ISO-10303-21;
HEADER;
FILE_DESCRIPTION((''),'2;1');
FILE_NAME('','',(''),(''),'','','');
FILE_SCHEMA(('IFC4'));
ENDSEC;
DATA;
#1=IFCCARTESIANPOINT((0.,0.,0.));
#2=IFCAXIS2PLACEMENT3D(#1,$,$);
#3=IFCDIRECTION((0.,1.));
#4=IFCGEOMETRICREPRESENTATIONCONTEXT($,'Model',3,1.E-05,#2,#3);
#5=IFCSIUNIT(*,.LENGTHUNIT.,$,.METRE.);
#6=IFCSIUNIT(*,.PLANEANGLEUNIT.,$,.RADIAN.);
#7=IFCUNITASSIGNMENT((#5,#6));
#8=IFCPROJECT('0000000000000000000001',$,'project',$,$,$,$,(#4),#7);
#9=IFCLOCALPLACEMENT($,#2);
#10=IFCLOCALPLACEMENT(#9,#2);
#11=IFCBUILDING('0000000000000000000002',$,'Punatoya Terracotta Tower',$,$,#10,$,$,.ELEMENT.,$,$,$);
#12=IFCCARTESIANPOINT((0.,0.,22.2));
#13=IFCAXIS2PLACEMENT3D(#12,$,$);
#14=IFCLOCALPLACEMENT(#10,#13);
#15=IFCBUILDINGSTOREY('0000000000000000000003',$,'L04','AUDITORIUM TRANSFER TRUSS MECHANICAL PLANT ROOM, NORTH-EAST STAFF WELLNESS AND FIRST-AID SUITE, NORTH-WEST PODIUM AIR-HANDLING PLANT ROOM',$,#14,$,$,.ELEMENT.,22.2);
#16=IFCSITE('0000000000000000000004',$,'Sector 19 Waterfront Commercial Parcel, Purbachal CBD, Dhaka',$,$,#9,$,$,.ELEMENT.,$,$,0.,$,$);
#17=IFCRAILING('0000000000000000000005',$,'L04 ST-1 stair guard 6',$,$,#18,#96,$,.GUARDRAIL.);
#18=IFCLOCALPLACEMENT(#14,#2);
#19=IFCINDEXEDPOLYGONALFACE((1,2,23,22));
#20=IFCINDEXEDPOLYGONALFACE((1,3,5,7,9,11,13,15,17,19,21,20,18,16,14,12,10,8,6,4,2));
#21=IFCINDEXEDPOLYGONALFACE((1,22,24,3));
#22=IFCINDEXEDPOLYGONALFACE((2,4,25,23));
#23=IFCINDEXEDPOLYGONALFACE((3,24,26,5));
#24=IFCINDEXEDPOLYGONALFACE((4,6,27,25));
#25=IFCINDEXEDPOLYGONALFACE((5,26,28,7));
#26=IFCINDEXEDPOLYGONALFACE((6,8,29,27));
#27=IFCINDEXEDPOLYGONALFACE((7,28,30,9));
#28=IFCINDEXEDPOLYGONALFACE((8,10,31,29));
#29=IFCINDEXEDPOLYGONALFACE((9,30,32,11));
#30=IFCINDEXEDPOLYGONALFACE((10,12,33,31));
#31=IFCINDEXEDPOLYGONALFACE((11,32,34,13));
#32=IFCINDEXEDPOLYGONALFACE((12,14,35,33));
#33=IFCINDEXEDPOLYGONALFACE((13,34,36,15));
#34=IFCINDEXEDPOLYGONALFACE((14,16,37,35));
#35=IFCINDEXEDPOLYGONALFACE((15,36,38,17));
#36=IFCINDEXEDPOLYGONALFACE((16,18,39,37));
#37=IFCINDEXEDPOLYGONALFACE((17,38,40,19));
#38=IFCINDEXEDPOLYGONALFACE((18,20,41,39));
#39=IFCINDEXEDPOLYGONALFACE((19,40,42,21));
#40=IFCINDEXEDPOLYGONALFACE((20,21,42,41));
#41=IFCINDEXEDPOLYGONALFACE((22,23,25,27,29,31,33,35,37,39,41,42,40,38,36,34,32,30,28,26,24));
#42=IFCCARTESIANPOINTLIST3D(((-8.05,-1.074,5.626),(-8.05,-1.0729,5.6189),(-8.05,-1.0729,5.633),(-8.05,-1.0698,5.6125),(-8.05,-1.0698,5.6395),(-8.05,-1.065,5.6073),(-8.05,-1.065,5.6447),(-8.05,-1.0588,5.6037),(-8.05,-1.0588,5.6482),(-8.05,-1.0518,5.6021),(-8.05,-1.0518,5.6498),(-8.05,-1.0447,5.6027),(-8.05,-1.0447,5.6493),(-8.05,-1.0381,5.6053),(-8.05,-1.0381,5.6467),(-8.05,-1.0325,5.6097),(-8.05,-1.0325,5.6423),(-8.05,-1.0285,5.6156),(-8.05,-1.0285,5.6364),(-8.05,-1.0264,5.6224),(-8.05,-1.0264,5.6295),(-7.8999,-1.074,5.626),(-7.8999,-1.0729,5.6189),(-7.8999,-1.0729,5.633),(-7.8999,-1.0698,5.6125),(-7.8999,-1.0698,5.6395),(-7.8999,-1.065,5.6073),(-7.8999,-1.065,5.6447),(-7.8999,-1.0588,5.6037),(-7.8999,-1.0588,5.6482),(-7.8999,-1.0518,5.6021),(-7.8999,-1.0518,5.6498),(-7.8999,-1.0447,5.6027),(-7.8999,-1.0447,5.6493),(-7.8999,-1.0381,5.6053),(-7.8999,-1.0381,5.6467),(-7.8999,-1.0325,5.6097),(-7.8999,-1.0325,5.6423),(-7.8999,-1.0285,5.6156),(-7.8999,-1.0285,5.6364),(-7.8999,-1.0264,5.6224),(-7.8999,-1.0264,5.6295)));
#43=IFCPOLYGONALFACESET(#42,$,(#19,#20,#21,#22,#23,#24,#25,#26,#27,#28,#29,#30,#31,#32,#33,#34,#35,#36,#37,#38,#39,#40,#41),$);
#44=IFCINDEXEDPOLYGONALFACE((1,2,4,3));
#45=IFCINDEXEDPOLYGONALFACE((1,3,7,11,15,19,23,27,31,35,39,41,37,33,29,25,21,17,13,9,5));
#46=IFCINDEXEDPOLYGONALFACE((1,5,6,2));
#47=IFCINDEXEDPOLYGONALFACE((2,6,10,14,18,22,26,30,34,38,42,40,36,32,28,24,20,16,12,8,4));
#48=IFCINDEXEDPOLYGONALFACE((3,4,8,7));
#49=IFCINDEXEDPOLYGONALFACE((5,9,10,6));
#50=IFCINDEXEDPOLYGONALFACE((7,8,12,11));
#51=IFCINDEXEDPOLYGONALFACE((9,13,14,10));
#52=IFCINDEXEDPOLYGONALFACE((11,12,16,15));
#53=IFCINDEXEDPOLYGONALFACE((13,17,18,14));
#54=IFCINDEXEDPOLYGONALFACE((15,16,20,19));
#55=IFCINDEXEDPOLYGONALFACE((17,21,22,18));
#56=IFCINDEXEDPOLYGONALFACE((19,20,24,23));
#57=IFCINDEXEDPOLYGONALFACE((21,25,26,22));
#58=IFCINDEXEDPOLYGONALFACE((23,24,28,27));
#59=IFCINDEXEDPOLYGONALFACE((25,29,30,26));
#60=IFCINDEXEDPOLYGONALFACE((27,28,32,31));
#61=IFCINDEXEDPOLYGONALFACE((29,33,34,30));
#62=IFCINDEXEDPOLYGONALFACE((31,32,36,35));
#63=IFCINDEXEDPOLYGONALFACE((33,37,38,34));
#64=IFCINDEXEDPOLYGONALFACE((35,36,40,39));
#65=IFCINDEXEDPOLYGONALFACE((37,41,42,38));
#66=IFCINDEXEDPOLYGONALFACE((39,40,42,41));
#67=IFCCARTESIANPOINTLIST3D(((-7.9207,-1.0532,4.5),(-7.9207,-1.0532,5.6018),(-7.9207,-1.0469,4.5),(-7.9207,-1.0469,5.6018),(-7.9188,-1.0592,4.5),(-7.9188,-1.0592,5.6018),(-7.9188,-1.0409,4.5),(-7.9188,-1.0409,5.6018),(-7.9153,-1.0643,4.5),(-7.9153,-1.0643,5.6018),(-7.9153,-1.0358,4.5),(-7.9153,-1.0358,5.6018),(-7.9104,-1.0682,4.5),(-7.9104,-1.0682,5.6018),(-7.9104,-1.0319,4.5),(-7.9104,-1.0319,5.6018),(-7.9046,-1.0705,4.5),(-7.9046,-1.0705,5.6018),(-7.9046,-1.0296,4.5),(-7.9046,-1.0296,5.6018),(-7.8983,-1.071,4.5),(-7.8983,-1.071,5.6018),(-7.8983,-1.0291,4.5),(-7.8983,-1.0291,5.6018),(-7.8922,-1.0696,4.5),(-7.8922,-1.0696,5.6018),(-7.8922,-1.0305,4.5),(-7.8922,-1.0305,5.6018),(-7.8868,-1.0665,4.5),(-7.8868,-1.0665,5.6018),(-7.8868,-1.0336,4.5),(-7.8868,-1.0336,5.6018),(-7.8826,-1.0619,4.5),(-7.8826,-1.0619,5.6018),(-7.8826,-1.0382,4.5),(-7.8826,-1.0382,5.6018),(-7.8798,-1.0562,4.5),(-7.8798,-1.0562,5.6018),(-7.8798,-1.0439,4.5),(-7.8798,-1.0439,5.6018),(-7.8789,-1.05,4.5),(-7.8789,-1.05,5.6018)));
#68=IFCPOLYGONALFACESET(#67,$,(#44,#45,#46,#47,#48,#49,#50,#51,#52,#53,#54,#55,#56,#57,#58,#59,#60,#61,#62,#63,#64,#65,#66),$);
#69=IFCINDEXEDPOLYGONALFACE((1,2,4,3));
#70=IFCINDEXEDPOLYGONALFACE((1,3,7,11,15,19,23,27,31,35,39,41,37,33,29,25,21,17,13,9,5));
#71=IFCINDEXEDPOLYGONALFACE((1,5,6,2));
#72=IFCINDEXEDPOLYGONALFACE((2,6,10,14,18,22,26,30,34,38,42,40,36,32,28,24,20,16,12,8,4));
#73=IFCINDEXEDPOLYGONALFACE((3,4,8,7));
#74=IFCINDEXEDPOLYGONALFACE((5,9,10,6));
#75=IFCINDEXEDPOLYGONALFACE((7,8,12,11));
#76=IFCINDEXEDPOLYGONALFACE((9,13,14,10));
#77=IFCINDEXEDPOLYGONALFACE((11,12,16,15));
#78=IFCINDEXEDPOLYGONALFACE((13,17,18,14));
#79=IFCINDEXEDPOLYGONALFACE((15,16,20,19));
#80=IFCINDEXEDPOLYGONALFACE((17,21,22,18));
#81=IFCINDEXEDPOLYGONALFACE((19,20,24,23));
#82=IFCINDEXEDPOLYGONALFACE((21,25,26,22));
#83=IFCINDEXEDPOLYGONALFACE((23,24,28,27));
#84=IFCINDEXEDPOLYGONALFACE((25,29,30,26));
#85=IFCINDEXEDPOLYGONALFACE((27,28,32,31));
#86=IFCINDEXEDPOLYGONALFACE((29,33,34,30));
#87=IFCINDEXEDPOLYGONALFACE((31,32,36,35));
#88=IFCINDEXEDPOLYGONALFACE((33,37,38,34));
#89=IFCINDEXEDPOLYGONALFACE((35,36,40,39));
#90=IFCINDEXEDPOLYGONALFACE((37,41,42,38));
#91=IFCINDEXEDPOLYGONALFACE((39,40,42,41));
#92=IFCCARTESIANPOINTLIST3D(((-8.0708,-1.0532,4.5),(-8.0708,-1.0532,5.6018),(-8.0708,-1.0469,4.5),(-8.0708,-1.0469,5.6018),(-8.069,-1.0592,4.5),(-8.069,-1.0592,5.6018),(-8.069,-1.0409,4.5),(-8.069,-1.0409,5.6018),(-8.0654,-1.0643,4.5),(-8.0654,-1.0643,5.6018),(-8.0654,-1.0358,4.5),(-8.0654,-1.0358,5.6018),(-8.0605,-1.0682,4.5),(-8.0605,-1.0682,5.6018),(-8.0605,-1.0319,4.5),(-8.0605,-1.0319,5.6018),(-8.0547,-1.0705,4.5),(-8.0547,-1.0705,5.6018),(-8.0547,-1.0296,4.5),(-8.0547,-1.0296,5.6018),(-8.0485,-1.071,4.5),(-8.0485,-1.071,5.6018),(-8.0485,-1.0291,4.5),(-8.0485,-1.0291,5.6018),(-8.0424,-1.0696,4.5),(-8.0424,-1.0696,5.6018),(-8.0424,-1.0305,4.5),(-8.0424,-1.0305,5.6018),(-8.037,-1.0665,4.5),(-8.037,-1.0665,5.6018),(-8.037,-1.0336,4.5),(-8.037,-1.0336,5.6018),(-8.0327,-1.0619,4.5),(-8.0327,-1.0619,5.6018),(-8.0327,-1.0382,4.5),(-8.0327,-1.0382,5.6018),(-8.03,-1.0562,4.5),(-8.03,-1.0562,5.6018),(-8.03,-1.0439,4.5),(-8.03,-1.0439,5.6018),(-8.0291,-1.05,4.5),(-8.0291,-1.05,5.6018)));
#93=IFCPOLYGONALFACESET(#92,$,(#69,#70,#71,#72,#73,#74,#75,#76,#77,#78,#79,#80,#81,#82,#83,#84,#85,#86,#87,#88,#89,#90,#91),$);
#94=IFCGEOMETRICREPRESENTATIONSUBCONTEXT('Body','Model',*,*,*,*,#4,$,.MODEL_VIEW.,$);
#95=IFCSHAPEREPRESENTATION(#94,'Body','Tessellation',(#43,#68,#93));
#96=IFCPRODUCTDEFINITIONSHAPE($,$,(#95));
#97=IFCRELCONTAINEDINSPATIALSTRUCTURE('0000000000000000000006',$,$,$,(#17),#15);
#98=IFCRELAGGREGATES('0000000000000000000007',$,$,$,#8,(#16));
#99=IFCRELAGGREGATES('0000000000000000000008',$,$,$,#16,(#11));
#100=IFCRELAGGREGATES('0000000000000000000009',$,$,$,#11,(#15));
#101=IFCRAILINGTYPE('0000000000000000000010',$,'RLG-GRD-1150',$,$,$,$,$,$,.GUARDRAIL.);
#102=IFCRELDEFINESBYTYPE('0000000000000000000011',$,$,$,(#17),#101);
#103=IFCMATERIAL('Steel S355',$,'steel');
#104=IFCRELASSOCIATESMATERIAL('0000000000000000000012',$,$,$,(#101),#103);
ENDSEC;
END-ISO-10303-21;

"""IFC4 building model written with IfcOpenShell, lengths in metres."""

from ifc_helpers import new_model, si_unit, direction, frame, origin, origin_2d, place, context, subcontext, project, spatial, circle, extrude, material, type_object, element, save


model = new_model("IFC4")

# Units and contexts
model_context = context("Model", 3, precision=1e-05, world=origin(), true_north=direction((0.0, 1.0)))
body_context = subcontext(model_context, "Body", "Model", "MODEL_VIEW")
ifc_project = project(units=[si_unit("LENGTHUNIT", "METRE"), si_unit("PLANEANGLEUNIT", "RADIAN")], contexts=[model_context])

# Site, building, storey
site_placement = place(None, origin())
site = spatial("IfcSite", under=ifc_project, at=site_placement, Name="Sector 19 Waterfront Commercial Parcel, Purbachal CBD, Dhaka", CompositionType="ELEMENT", RefElevation=0.0)
building_placement = place(site_placement, origin())
building = spatial("IfcBuilding", under=site, at=building_placement, Name="Punatoya Terracotta Tower", CompositionType="ELEMENT")
storey_placement = place(building_placement, frame((0.0, 0.0, 22.2)))
storey = spatial("IfcBuildingStorey", under=building, at=storey_placement, Name="L04", Description="AUDITORIUM TRANSFER TRUSS MECHANICAL PLANT ROOM, NORTH-EAST STAFF WELLNESS AND FIRST-AID SUITE, NORTH-WEST PODIUM AIR-HANDLING PLANT ROOM", CompositionType="ELEMENT", Elevation=22.2)

# Shared definitions
ifc_material_1 = material(Name="Steel S355", Category="steel")

# Railing
railing_type = type_object("IfcRailingType", Name="RLG-GRD-1150", PredefinedType="GUARDRAIL", material=ifc_material_1)
railing_placement = place(storey_placement, frame((-7.8999, -1.05, 4.5)))
element("IfcRailing", 1, at=railing_placement, inside=storey, type_object=railing_type, Name="L04 ST-1 stair guard 6", PredefinedType="GUARDRAIL", context=body_context, shape_type="SweptSolid", body=[
    extrude(circle(Radius=0.0239, at=origin_2d()), frame((0.0, 0.0, 1.126), z_axis=(-1.0, 0.0, 0.0), x_axis=(0.0, -1.0, 0.0)), (0.0, 0.0, 1.0), 0.1501),
    extrude(circle(Radius=0.021, at=origin_2d()), origin(), (0.0, 0.0, 1.0), 1.1018),
    extrude(circle(Radius=0.021, at=origin_2d()), frame((-0.1501, 0.0, 0.0)), (0.0, 0.0, 1.0), 1.1018),
])

save(model, "model.ifc")
